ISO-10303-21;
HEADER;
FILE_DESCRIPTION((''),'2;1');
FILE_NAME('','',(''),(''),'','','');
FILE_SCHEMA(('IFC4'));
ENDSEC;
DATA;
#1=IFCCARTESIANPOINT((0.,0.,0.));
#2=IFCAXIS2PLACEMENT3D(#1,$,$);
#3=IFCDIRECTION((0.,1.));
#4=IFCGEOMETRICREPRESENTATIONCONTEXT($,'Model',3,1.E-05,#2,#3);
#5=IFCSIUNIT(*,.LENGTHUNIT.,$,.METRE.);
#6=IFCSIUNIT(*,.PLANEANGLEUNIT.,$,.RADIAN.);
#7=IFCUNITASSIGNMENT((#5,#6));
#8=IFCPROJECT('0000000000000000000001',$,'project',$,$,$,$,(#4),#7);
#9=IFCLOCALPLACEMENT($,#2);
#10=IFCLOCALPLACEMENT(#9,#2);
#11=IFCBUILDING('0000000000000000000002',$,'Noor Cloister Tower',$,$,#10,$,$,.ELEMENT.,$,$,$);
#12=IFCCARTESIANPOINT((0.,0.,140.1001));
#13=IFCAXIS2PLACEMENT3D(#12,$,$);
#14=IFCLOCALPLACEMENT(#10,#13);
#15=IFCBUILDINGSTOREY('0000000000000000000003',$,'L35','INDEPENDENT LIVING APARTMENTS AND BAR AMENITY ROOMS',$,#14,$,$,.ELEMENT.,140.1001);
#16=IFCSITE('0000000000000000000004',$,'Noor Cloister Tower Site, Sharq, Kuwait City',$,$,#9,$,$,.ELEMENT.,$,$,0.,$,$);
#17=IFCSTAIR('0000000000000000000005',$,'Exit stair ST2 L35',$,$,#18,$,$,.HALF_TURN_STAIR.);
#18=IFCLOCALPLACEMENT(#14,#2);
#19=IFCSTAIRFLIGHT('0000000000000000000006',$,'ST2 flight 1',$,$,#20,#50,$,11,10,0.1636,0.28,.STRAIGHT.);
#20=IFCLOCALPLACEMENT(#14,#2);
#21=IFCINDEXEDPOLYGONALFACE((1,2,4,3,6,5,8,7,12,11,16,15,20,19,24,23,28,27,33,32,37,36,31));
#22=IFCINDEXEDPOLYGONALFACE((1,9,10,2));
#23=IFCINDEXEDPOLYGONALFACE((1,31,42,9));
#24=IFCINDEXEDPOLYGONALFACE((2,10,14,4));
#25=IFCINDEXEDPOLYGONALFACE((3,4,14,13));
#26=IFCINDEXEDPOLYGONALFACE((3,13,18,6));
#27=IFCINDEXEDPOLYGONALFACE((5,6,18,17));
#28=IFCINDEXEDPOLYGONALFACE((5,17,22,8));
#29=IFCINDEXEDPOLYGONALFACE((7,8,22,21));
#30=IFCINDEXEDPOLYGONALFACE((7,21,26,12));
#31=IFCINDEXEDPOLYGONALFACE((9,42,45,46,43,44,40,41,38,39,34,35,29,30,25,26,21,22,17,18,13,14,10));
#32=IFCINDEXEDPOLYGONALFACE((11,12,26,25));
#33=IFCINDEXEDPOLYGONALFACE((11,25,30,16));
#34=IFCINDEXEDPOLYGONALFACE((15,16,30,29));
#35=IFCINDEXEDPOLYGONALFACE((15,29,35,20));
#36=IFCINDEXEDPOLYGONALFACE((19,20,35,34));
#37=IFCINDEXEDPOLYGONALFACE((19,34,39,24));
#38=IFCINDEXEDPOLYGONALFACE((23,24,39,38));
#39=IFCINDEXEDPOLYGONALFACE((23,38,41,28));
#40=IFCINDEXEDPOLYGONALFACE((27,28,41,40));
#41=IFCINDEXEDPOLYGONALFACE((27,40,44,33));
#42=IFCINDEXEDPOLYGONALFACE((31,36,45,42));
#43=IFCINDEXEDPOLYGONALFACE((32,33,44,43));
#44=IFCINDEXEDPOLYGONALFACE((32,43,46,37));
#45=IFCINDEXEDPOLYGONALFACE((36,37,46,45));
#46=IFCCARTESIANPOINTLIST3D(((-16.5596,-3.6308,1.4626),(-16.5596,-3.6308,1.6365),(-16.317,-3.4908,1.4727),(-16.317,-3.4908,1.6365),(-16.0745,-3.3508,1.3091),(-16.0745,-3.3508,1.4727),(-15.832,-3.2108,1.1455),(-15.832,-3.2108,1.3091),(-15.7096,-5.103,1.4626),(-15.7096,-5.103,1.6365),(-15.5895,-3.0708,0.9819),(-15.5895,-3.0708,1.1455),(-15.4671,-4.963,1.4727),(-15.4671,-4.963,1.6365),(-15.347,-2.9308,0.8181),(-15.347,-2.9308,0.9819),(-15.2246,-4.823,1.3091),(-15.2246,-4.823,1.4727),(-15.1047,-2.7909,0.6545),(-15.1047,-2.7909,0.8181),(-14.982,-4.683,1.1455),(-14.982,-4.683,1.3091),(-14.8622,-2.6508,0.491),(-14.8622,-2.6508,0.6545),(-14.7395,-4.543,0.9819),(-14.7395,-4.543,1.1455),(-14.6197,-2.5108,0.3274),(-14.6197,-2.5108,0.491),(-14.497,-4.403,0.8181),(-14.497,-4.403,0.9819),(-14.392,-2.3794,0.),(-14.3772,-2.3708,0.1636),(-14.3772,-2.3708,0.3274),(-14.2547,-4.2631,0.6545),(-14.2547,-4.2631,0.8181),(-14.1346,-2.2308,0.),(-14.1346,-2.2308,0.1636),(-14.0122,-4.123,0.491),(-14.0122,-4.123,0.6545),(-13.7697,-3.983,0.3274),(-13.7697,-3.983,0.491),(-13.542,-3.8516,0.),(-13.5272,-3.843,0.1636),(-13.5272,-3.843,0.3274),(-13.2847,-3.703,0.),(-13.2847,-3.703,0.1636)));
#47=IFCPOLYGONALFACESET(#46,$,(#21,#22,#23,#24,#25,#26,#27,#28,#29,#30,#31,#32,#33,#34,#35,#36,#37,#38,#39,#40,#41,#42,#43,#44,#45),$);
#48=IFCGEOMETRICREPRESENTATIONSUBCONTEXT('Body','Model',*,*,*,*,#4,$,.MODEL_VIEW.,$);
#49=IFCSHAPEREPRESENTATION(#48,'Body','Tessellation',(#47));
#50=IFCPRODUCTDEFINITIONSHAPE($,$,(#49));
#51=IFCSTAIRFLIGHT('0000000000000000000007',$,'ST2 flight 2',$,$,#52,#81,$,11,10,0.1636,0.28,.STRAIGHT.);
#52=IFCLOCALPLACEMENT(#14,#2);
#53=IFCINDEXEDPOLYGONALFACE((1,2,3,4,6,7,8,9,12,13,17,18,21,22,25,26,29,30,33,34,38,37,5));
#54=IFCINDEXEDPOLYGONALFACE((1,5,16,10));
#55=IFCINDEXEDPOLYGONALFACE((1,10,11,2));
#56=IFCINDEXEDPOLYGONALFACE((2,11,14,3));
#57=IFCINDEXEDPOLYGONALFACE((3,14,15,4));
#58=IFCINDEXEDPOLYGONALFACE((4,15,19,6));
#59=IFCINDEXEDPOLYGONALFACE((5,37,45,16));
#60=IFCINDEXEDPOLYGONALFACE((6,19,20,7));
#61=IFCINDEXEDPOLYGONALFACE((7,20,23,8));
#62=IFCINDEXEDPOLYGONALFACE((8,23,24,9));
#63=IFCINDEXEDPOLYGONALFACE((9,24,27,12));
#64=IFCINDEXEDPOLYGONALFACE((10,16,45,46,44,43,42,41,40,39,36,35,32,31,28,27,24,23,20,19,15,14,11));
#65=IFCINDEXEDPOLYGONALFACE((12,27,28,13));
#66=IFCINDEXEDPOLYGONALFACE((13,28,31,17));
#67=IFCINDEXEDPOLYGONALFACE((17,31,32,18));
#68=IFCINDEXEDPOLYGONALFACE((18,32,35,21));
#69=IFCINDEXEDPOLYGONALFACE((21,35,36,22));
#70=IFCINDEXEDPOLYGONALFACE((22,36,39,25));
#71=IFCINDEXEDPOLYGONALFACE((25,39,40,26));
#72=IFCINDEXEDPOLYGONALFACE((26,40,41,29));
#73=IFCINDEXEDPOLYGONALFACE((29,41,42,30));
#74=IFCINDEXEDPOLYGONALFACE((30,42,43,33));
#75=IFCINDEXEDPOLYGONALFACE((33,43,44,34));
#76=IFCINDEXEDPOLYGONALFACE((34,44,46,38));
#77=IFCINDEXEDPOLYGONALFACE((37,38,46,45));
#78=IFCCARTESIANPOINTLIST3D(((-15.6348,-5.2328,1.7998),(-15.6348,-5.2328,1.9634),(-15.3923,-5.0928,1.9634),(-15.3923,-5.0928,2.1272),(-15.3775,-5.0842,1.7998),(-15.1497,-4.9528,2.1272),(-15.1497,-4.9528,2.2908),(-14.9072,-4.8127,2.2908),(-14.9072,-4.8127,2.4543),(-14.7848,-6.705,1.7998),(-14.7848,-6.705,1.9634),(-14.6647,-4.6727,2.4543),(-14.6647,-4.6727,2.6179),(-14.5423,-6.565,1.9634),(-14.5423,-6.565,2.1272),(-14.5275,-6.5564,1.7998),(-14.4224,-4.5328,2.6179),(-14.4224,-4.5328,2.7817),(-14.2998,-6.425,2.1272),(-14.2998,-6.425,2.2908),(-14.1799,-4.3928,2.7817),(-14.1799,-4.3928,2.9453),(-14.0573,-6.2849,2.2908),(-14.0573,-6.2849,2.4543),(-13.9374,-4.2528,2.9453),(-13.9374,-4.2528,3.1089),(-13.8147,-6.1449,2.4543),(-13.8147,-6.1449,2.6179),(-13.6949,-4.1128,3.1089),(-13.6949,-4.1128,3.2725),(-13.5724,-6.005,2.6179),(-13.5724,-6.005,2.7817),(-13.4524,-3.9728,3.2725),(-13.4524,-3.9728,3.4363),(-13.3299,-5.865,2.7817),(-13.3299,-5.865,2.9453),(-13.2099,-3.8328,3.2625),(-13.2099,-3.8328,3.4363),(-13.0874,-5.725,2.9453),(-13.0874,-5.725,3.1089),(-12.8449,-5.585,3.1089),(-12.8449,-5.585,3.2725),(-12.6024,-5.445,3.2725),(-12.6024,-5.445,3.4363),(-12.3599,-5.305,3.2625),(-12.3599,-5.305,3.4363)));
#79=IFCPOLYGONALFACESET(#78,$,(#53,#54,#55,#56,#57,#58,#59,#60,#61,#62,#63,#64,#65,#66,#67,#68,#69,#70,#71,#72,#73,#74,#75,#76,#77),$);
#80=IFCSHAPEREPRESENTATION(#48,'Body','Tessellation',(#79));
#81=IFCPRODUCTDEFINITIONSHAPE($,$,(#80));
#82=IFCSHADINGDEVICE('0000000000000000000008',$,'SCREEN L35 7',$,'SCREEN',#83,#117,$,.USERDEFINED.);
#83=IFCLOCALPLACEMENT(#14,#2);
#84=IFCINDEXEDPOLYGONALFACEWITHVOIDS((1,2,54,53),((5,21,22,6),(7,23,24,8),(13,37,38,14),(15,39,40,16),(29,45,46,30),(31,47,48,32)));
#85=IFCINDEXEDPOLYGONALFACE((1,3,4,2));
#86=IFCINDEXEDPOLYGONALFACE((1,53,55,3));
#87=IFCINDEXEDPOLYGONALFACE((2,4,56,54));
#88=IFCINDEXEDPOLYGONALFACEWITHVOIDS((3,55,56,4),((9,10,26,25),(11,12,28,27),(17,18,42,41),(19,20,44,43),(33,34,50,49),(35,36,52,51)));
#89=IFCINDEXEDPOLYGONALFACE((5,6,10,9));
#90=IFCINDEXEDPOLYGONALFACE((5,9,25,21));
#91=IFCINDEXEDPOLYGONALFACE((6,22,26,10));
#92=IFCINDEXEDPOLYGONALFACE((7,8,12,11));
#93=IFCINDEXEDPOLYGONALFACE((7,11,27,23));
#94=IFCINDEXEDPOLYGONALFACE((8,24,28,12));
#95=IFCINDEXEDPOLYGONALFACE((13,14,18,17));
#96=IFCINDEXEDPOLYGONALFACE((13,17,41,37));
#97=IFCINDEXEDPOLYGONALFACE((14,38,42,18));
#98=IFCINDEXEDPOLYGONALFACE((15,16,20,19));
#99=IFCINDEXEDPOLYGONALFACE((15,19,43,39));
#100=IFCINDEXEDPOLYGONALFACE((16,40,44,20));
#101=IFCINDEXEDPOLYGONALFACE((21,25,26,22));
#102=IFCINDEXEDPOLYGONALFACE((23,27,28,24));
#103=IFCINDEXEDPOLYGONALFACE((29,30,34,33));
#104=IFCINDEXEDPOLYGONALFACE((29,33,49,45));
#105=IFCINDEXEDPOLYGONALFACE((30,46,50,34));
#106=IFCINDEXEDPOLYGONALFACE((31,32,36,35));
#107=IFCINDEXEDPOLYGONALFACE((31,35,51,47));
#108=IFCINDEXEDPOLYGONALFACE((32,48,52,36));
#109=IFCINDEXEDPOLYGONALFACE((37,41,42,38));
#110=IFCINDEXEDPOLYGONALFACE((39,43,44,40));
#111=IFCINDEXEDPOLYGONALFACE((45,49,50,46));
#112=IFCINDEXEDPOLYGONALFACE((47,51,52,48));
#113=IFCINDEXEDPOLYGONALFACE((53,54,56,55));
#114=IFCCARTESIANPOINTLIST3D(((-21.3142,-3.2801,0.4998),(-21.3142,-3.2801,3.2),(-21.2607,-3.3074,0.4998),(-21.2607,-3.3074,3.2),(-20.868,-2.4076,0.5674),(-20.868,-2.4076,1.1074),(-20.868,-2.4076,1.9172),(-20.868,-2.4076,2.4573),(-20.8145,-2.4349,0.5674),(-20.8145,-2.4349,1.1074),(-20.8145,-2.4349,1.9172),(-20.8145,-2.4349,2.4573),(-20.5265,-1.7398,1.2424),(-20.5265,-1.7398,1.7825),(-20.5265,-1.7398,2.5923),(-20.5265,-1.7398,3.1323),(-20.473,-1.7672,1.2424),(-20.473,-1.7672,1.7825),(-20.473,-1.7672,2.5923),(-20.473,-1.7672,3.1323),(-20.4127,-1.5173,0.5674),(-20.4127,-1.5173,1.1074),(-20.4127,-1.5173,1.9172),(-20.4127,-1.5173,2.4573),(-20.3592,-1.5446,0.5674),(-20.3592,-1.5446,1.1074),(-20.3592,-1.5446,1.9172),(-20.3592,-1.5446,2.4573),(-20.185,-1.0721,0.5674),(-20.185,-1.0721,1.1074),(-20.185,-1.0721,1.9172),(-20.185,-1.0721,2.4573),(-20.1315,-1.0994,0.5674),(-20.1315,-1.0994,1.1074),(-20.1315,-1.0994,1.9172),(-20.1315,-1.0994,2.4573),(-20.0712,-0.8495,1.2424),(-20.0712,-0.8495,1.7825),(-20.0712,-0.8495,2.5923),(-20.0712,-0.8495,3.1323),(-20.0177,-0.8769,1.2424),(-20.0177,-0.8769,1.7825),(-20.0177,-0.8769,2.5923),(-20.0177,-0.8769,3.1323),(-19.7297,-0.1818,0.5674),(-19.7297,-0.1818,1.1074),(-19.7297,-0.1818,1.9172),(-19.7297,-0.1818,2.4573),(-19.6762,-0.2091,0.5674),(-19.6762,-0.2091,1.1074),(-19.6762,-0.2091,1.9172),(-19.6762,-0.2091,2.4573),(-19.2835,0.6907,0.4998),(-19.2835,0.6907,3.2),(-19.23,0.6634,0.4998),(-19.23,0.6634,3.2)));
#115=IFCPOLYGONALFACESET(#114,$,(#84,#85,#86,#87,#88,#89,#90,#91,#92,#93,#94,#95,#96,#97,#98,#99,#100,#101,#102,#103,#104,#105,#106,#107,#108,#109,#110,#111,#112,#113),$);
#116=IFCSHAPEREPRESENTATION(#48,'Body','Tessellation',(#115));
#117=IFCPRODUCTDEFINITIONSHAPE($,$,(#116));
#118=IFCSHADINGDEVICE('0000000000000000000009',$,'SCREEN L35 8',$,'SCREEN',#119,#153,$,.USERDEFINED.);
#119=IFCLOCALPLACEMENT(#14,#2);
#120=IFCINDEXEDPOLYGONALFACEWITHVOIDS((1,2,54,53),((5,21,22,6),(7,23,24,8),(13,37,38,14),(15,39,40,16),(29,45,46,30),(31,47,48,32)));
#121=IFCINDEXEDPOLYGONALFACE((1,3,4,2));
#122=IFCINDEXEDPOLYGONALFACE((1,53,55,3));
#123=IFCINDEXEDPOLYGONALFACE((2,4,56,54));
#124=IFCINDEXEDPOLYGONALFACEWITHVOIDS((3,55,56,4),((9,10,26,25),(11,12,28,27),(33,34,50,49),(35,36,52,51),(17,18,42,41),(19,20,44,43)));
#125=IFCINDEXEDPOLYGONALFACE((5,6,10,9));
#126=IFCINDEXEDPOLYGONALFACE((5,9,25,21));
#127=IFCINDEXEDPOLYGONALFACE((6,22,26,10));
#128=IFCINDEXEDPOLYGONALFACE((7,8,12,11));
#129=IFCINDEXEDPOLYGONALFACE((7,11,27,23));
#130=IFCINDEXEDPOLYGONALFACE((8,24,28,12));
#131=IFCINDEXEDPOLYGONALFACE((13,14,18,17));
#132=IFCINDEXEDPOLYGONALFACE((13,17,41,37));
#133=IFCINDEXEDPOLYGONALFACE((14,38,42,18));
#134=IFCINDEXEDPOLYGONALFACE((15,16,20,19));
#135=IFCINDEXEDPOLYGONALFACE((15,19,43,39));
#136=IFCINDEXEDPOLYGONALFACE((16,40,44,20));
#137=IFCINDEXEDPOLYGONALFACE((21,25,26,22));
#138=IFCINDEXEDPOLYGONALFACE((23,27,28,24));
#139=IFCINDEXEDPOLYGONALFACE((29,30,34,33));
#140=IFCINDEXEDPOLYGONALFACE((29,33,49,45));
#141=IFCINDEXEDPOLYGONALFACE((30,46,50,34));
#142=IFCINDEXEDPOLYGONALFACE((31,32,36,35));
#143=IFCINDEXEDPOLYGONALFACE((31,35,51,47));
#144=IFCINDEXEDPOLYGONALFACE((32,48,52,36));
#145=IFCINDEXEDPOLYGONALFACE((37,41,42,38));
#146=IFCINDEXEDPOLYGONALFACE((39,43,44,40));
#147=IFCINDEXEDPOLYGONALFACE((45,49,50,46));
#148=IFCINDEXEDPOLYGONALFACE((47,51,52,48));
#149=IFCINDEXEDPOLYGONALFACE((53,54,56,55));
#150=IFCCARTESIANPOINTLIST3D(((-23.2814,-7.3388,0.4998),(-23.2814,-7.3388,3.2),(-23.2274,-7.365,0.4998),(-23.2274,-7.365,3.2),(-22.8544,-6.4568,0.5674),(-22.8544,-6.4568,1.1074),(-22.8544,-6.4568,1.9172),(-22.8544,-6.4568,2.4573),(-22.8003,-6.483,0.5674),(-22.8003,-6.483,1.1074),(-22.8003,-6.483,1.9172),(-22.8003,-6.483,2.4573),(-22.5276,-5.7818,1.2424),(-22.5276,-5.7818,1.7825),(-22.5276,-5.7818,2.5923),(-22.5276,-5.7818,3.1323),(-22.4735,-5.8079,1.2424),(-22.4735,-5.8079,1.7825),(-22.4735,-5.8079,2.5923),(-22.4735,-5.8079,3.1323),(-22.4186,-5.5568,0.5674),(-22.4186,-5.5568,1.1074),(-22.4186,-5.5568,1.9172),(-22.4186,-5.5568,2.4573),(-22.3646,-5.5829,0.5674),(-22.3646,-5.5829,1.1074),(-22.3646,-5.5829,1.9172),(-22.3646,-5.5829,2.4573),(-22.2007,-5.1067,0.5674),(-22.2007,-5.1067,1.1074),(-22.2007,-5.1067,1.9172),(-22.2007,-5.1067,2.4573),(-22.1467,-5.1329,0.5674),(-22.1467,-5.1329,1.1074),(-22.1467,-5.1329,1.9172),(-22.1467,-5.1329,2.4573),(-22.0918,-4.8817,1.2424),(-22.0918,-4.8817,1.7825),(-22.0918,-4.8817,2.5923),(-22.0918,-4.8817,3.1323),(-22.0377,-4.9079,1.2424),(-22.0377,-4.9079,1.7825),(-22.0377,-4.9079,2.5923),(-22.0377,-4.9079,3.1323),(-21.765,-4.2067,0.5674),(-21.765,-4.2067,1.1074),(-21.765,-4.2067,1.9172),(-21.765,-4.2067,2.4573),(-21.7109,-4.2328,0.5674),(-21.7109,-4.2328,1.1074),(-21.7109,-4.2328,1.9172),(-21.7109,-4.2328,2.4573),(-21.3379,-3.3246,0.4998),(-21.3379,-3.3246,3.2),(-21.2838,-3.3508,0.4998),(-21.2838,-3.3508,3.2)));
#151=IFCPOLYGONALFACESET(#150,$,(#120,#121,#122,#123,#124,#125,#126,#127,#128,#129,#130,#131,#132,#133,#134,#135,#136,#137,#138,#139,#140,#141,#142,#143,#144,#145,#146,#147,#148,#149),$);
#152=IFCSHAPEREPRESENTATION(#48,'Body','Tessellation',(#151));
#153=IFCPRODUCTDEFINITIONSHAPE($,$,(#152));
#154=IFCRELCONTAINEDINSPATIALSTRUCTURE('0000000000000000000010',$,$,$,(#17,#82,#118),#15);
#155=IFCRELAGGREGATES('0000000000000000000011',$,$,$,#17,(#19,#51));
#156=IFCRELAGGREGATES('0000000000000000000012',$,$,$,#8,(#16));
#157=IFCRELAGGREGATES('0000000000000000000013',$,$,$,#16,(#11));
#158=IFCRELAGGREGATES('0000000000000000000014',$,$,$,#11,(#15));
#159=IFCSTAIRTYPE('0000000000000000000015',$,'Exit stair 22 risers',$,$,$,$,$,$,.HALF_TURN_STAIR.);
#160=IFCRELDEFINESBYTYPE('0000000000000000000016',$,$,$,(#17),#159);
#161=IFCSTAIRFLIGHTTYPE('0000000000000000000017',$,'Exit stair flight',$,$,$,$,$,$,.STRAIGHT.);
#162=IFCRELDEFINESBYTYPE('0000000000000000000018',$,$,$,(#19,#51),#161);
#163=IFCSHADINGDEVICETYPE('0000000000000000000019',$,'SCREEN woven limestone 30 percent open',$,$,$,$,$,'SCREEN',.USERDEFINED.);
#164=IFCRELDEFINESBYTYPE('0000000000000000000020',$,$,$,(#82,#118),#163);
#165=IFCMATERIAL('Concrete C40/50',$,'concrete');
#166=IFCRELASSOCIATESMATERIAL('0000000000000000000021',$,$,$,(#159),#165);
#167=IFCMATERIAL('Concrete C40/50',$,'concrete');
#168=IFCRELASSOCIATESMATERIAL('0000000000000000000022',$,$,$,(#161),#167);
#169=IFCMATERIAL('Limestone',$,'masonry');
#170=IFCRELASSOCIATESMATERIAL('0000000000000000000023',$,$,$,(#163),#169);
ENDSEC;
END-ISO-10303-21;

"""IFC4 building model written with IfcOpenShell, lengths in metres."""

from ifc_helpers import new_model, si_unit, direction, frame, origin, place, context, subcontext, project, spatial, polyline, outline, extrude, material, material_profile, profile_set, type_object, element, aggregate, save


model = new_model("IFC4")

# Units and contexts
model_context = context("Model", 3, precision=1e-05, world=origin(), true_north=direction((0.0, 1.0)))
body_context = subcontext(model_context, "Body", "Model", "MODEL_VIEW")
ifc_project = project(units=[si_unit("LENGTHUNIT", "METRE"), si_unit("PLANEANGLEUNIT", "RADIAN")], contexts=[model_context])

# Site, building, storey
site_placement = place(None, origin())
site = spatial("IfcSite", under=ifc_project, at=site_placement, Name="Noor Cloister Tower Site, Sharq, Kuwait City", CompositionType="ELEMENT", RefElevation=0.0)
building_placement = place(site_placement, origin())
building = spatial("IfcBuilding", under=site, at=building_placement, Name="Noor Cloister Tower", CompositionType="ELEMENT")
storey_placement = place(building_placement, frame((0.0, 0.0, 140.1001)))
storey = spatial("IfcBuildingStorey", under=building, at=storey_placement, Name="L35", Description="INDEPENDENT LIVING APARTMENTS AND BAR AMENITY ROOMS", CompositionType="ELEMENT", Elevation=140.1001)

# Stair, stair flights
ifc_material_1 = material(Name="Concrete C40/50", Category="concrete")
stair_type = type_object("IfcStairType", Name="Exit stair 22 risers", PredefinedType="HALF_TURN_STAIR", material=ifc_material_1)
stair_placement = place(storey_placement, origin())
stair = element("IfcStair", 1, at=stair_placement, inside=storey, type_object=stair_type, Name="Exit stair ST2 L35", PredefinedType="HALF_TURN_STAIR")
ifc_material_2 = material(Name="Concrete C40/50", Category="concrete")
stair_flight_type = type_object("IfcStairFlightType", Name="Exit stair flight", PredefinedType="STRAIGHT", material=ifc_material_2)
stair_flight_1_placement = place(storey_placement, frame((-13.7097, -2.9668, 0.0), z_axis=(0.0, 0.0, 1.0), x_axis=(-0.866025, -0.5, 0.0)))
stair_flight_1 = element("IfcStairFlight", 2, at=stair_flight_1_placement, type_object=stair_flight_type, Name="ST2 flight 1", NumberOfRisers=11, NumberOfTreads=10, PredefinedType="STRAIGHT", RiserHeight=0.1636, TreadLength=0.28, context=body_context, shape_type="SweptSolid", body=[
    extrude(outline(polyline([(0.0, 0.0), (0.0, 0.1636), (0.28, 0.1636), (0.28, 0.3274), (0.5601, 0.3274), (0.5601, 0.491), (0.8401, 0.491), (0.8401, 0.6545), (1.1201, 0.6545), (1.1201, 0.8181), (1.3999, 0.8181), (1.3999, 0.9819), (1.6799, 0.9819), (1.6799, 1.1455), (1.96, 1.1455), (1.96, 1.3091), (2.24, 1.3091), (2.24, 1.4727), (2.52, 1.4727), (2.52, 1.6365), (2.8, 1.6365), (2.8, 1.8), (2.8, 1.4626), (0.2971, 0.0), (0.0, 0.0)])), frame((0.0, 0.8501, 0.0), z_axis=(0.0, -1.0, 0.0), x_axis=(1.0, 0.0, 0.0)), (0.0, 0.0, 1.0), 1.7),
])
stair_flight_2_placement = place(storey_placement, frame((-15.2097, -5.969, 1.7998), z_axis=(0.0, 0.0, 1.0), x_axis=(0.866025, 0.5, 0.0)))
stair_flight_2 = element("IfcStairFlight", 3, at=stair_flight_2_placement, type_object=stair_flight_type, Name="ST2 flight 2", NumberOfRisers=11, NumberOfTreads=10, PredefinedType="STRAIGHT", RiserHeight=0.1636, TreadLength=0.28, context=body_context, shape_type="SweptSolid", body=[
    extrude(outline(polyline([(0.0, 0.0), (0.0, 0.1636), (0.28, 0.1636), (0.28, 0.3274), (0.5601, 0.3274), (0.5601, 0.491), (0.8401, 0.491), (0.8401, 0.6545), (1.1201, 0.6545), (1.1201, 0.8181), (1.3999, 0.8181), (1.3999, 0.9819), (1.6799, 0.9819), (1.6799, 1.1455), (1.96, 1.1455), (1.96, 1.3091), (2.24, 1.3091), (2.24, 1.4727), (2.52, 1.4727), (2.52, 1.6365), (2.8, 1.6365), (2.8, 1.8), (2.8, 1.4626), (0.2971, 0.0), (0.0, 0.0)])), frame((0.0, 0.8501, 0.0), z_axis=(0.0, -1.0, 0.0), x_axis=(1.0, 0.0, 0.0)), (0.0, 0.0, 1.0), 1.7),
])
aggregate(stair, [stair_flight_1, stair_flight_2])

# Shading devices
ifc_material_3 = material(Name="Limestone", Category="masonry")
ifc_material_profile_1 = material_profile(ifc_material_3, outline(polyline([(-2.23, -1.3501), (2.23, -1.3501), (2.23, 1.3501), (-2.23, 1.3501), (-2.23, -1.3501)]), holes=[polyline([(-1.25, -1.2825), (-0.25, -1.2825), (-0.25, -0.7424), (-1.25, -0.7424), (-1.25, -1.2825)]), polyline([(0.25, -1.2825), (1.25, -1.2825), (1.25, -0.7424), (0.25, -0.7424), (0.25, -1.2825)]), polyline([(-0.5, -0.6074), (0.5, -0.6074), (0.5, -0.0674), (-0.5, -0.0674), (-0.5, -0.6074)]), polyline([(-1.25, 0.0674), (-0.25, 0.0674), (-0.25, 0.6074), (-1.25, 0.6074), (-1.25, 0.0674)]), polyline([(0.25, 0.0674), (1.25, 0.0674), (1.25, 0.6074), (0.25, 0.6074), (0.25, 0.0674)]), polyline([(-0.5, 0.7424), (0.5, 0.7424), (0.5, 1.2825), (-0.5, 1.2825), (-0.5, 0.7424)])]), Name="Woven screen 30 percent open")
ifc_profile_set_1 = profile_set([ifc_material_profile_1], Name="Limestone")
shading_device_type = type_object("IfcShadingDeviceType", Name="SCREEN woven limestone 30 percent open", ElementType="SCREEN", PredefinedType="USERDEFINED", material=ifc_profile_set_1)
for number, where, z_axis, x_axis, name in (
    (4, (-20.2454, -1.322, 1.8499), (-0.890325, 0.455326, 0.0), (-0.455326, -0.890325, 0.0), "SCREEN L35 7"),
    (5, (-22.2556, -5.3579, 1.8499), (-0.900056, 0.435774, 0.0), (-0.435774, -0.900056, 0.0), "SCREEN L35 8"),
):
    element("IfcShadingDevice", number, at=place(storey_placement, frame(where, z_axis=z_axis, x_axis=x_axis)), inside=storey, type_object=shading_device_type, Name=name, ObjectType="SCREEN", PredefinedType="USERDEFINED", context=body_context, shape_type="SweptSolid", body=[
        extrude(outline(polyline([(-2.23, -1.3501), (2.23, -1.3501), (2.23, 1.3501), (-2.23, 1.3501), (-2.23, -1.3501)]), holes=[polyline([(-1.25, -1.2825), (-0.25, -1.2825), (-0.25, -0.7424), (-1.25, -0.7424), (-1.25, -1.2825)]), polyline([(0.25, -1.2825), (1.25, -1.2825), (1.25, -0.7424), (0.25, -0.7424), (0.25, -1.2825)]), polyline([(-0.5, -0.6074), (0.5, -0.6074), (0.5, -0.0674), (-0.5, -0.0674), (-0.5, -0.6074)]), polyline([(-1.25, 0.0674), (-0.25, 0.0674), (-0.25, 0.6074), (-1.25, 0.6074), (-1.25, 0.0674)]), polyline([(0.25, 0.0674), (1.25, 0.0674), (1.25, 0.6074), (0.25, 0.6074), (0.25, 0.0674)]), polyline([(-0.5, 0.7424), (0.5, 0.7424), (0.5, 1.2825), (-0.5, 1.2825), (-0.5, 0.7424)])]), origin(), (0.0, 0.0, 1.0), 0.0601),
    ])

save(model, "model.ifc")
